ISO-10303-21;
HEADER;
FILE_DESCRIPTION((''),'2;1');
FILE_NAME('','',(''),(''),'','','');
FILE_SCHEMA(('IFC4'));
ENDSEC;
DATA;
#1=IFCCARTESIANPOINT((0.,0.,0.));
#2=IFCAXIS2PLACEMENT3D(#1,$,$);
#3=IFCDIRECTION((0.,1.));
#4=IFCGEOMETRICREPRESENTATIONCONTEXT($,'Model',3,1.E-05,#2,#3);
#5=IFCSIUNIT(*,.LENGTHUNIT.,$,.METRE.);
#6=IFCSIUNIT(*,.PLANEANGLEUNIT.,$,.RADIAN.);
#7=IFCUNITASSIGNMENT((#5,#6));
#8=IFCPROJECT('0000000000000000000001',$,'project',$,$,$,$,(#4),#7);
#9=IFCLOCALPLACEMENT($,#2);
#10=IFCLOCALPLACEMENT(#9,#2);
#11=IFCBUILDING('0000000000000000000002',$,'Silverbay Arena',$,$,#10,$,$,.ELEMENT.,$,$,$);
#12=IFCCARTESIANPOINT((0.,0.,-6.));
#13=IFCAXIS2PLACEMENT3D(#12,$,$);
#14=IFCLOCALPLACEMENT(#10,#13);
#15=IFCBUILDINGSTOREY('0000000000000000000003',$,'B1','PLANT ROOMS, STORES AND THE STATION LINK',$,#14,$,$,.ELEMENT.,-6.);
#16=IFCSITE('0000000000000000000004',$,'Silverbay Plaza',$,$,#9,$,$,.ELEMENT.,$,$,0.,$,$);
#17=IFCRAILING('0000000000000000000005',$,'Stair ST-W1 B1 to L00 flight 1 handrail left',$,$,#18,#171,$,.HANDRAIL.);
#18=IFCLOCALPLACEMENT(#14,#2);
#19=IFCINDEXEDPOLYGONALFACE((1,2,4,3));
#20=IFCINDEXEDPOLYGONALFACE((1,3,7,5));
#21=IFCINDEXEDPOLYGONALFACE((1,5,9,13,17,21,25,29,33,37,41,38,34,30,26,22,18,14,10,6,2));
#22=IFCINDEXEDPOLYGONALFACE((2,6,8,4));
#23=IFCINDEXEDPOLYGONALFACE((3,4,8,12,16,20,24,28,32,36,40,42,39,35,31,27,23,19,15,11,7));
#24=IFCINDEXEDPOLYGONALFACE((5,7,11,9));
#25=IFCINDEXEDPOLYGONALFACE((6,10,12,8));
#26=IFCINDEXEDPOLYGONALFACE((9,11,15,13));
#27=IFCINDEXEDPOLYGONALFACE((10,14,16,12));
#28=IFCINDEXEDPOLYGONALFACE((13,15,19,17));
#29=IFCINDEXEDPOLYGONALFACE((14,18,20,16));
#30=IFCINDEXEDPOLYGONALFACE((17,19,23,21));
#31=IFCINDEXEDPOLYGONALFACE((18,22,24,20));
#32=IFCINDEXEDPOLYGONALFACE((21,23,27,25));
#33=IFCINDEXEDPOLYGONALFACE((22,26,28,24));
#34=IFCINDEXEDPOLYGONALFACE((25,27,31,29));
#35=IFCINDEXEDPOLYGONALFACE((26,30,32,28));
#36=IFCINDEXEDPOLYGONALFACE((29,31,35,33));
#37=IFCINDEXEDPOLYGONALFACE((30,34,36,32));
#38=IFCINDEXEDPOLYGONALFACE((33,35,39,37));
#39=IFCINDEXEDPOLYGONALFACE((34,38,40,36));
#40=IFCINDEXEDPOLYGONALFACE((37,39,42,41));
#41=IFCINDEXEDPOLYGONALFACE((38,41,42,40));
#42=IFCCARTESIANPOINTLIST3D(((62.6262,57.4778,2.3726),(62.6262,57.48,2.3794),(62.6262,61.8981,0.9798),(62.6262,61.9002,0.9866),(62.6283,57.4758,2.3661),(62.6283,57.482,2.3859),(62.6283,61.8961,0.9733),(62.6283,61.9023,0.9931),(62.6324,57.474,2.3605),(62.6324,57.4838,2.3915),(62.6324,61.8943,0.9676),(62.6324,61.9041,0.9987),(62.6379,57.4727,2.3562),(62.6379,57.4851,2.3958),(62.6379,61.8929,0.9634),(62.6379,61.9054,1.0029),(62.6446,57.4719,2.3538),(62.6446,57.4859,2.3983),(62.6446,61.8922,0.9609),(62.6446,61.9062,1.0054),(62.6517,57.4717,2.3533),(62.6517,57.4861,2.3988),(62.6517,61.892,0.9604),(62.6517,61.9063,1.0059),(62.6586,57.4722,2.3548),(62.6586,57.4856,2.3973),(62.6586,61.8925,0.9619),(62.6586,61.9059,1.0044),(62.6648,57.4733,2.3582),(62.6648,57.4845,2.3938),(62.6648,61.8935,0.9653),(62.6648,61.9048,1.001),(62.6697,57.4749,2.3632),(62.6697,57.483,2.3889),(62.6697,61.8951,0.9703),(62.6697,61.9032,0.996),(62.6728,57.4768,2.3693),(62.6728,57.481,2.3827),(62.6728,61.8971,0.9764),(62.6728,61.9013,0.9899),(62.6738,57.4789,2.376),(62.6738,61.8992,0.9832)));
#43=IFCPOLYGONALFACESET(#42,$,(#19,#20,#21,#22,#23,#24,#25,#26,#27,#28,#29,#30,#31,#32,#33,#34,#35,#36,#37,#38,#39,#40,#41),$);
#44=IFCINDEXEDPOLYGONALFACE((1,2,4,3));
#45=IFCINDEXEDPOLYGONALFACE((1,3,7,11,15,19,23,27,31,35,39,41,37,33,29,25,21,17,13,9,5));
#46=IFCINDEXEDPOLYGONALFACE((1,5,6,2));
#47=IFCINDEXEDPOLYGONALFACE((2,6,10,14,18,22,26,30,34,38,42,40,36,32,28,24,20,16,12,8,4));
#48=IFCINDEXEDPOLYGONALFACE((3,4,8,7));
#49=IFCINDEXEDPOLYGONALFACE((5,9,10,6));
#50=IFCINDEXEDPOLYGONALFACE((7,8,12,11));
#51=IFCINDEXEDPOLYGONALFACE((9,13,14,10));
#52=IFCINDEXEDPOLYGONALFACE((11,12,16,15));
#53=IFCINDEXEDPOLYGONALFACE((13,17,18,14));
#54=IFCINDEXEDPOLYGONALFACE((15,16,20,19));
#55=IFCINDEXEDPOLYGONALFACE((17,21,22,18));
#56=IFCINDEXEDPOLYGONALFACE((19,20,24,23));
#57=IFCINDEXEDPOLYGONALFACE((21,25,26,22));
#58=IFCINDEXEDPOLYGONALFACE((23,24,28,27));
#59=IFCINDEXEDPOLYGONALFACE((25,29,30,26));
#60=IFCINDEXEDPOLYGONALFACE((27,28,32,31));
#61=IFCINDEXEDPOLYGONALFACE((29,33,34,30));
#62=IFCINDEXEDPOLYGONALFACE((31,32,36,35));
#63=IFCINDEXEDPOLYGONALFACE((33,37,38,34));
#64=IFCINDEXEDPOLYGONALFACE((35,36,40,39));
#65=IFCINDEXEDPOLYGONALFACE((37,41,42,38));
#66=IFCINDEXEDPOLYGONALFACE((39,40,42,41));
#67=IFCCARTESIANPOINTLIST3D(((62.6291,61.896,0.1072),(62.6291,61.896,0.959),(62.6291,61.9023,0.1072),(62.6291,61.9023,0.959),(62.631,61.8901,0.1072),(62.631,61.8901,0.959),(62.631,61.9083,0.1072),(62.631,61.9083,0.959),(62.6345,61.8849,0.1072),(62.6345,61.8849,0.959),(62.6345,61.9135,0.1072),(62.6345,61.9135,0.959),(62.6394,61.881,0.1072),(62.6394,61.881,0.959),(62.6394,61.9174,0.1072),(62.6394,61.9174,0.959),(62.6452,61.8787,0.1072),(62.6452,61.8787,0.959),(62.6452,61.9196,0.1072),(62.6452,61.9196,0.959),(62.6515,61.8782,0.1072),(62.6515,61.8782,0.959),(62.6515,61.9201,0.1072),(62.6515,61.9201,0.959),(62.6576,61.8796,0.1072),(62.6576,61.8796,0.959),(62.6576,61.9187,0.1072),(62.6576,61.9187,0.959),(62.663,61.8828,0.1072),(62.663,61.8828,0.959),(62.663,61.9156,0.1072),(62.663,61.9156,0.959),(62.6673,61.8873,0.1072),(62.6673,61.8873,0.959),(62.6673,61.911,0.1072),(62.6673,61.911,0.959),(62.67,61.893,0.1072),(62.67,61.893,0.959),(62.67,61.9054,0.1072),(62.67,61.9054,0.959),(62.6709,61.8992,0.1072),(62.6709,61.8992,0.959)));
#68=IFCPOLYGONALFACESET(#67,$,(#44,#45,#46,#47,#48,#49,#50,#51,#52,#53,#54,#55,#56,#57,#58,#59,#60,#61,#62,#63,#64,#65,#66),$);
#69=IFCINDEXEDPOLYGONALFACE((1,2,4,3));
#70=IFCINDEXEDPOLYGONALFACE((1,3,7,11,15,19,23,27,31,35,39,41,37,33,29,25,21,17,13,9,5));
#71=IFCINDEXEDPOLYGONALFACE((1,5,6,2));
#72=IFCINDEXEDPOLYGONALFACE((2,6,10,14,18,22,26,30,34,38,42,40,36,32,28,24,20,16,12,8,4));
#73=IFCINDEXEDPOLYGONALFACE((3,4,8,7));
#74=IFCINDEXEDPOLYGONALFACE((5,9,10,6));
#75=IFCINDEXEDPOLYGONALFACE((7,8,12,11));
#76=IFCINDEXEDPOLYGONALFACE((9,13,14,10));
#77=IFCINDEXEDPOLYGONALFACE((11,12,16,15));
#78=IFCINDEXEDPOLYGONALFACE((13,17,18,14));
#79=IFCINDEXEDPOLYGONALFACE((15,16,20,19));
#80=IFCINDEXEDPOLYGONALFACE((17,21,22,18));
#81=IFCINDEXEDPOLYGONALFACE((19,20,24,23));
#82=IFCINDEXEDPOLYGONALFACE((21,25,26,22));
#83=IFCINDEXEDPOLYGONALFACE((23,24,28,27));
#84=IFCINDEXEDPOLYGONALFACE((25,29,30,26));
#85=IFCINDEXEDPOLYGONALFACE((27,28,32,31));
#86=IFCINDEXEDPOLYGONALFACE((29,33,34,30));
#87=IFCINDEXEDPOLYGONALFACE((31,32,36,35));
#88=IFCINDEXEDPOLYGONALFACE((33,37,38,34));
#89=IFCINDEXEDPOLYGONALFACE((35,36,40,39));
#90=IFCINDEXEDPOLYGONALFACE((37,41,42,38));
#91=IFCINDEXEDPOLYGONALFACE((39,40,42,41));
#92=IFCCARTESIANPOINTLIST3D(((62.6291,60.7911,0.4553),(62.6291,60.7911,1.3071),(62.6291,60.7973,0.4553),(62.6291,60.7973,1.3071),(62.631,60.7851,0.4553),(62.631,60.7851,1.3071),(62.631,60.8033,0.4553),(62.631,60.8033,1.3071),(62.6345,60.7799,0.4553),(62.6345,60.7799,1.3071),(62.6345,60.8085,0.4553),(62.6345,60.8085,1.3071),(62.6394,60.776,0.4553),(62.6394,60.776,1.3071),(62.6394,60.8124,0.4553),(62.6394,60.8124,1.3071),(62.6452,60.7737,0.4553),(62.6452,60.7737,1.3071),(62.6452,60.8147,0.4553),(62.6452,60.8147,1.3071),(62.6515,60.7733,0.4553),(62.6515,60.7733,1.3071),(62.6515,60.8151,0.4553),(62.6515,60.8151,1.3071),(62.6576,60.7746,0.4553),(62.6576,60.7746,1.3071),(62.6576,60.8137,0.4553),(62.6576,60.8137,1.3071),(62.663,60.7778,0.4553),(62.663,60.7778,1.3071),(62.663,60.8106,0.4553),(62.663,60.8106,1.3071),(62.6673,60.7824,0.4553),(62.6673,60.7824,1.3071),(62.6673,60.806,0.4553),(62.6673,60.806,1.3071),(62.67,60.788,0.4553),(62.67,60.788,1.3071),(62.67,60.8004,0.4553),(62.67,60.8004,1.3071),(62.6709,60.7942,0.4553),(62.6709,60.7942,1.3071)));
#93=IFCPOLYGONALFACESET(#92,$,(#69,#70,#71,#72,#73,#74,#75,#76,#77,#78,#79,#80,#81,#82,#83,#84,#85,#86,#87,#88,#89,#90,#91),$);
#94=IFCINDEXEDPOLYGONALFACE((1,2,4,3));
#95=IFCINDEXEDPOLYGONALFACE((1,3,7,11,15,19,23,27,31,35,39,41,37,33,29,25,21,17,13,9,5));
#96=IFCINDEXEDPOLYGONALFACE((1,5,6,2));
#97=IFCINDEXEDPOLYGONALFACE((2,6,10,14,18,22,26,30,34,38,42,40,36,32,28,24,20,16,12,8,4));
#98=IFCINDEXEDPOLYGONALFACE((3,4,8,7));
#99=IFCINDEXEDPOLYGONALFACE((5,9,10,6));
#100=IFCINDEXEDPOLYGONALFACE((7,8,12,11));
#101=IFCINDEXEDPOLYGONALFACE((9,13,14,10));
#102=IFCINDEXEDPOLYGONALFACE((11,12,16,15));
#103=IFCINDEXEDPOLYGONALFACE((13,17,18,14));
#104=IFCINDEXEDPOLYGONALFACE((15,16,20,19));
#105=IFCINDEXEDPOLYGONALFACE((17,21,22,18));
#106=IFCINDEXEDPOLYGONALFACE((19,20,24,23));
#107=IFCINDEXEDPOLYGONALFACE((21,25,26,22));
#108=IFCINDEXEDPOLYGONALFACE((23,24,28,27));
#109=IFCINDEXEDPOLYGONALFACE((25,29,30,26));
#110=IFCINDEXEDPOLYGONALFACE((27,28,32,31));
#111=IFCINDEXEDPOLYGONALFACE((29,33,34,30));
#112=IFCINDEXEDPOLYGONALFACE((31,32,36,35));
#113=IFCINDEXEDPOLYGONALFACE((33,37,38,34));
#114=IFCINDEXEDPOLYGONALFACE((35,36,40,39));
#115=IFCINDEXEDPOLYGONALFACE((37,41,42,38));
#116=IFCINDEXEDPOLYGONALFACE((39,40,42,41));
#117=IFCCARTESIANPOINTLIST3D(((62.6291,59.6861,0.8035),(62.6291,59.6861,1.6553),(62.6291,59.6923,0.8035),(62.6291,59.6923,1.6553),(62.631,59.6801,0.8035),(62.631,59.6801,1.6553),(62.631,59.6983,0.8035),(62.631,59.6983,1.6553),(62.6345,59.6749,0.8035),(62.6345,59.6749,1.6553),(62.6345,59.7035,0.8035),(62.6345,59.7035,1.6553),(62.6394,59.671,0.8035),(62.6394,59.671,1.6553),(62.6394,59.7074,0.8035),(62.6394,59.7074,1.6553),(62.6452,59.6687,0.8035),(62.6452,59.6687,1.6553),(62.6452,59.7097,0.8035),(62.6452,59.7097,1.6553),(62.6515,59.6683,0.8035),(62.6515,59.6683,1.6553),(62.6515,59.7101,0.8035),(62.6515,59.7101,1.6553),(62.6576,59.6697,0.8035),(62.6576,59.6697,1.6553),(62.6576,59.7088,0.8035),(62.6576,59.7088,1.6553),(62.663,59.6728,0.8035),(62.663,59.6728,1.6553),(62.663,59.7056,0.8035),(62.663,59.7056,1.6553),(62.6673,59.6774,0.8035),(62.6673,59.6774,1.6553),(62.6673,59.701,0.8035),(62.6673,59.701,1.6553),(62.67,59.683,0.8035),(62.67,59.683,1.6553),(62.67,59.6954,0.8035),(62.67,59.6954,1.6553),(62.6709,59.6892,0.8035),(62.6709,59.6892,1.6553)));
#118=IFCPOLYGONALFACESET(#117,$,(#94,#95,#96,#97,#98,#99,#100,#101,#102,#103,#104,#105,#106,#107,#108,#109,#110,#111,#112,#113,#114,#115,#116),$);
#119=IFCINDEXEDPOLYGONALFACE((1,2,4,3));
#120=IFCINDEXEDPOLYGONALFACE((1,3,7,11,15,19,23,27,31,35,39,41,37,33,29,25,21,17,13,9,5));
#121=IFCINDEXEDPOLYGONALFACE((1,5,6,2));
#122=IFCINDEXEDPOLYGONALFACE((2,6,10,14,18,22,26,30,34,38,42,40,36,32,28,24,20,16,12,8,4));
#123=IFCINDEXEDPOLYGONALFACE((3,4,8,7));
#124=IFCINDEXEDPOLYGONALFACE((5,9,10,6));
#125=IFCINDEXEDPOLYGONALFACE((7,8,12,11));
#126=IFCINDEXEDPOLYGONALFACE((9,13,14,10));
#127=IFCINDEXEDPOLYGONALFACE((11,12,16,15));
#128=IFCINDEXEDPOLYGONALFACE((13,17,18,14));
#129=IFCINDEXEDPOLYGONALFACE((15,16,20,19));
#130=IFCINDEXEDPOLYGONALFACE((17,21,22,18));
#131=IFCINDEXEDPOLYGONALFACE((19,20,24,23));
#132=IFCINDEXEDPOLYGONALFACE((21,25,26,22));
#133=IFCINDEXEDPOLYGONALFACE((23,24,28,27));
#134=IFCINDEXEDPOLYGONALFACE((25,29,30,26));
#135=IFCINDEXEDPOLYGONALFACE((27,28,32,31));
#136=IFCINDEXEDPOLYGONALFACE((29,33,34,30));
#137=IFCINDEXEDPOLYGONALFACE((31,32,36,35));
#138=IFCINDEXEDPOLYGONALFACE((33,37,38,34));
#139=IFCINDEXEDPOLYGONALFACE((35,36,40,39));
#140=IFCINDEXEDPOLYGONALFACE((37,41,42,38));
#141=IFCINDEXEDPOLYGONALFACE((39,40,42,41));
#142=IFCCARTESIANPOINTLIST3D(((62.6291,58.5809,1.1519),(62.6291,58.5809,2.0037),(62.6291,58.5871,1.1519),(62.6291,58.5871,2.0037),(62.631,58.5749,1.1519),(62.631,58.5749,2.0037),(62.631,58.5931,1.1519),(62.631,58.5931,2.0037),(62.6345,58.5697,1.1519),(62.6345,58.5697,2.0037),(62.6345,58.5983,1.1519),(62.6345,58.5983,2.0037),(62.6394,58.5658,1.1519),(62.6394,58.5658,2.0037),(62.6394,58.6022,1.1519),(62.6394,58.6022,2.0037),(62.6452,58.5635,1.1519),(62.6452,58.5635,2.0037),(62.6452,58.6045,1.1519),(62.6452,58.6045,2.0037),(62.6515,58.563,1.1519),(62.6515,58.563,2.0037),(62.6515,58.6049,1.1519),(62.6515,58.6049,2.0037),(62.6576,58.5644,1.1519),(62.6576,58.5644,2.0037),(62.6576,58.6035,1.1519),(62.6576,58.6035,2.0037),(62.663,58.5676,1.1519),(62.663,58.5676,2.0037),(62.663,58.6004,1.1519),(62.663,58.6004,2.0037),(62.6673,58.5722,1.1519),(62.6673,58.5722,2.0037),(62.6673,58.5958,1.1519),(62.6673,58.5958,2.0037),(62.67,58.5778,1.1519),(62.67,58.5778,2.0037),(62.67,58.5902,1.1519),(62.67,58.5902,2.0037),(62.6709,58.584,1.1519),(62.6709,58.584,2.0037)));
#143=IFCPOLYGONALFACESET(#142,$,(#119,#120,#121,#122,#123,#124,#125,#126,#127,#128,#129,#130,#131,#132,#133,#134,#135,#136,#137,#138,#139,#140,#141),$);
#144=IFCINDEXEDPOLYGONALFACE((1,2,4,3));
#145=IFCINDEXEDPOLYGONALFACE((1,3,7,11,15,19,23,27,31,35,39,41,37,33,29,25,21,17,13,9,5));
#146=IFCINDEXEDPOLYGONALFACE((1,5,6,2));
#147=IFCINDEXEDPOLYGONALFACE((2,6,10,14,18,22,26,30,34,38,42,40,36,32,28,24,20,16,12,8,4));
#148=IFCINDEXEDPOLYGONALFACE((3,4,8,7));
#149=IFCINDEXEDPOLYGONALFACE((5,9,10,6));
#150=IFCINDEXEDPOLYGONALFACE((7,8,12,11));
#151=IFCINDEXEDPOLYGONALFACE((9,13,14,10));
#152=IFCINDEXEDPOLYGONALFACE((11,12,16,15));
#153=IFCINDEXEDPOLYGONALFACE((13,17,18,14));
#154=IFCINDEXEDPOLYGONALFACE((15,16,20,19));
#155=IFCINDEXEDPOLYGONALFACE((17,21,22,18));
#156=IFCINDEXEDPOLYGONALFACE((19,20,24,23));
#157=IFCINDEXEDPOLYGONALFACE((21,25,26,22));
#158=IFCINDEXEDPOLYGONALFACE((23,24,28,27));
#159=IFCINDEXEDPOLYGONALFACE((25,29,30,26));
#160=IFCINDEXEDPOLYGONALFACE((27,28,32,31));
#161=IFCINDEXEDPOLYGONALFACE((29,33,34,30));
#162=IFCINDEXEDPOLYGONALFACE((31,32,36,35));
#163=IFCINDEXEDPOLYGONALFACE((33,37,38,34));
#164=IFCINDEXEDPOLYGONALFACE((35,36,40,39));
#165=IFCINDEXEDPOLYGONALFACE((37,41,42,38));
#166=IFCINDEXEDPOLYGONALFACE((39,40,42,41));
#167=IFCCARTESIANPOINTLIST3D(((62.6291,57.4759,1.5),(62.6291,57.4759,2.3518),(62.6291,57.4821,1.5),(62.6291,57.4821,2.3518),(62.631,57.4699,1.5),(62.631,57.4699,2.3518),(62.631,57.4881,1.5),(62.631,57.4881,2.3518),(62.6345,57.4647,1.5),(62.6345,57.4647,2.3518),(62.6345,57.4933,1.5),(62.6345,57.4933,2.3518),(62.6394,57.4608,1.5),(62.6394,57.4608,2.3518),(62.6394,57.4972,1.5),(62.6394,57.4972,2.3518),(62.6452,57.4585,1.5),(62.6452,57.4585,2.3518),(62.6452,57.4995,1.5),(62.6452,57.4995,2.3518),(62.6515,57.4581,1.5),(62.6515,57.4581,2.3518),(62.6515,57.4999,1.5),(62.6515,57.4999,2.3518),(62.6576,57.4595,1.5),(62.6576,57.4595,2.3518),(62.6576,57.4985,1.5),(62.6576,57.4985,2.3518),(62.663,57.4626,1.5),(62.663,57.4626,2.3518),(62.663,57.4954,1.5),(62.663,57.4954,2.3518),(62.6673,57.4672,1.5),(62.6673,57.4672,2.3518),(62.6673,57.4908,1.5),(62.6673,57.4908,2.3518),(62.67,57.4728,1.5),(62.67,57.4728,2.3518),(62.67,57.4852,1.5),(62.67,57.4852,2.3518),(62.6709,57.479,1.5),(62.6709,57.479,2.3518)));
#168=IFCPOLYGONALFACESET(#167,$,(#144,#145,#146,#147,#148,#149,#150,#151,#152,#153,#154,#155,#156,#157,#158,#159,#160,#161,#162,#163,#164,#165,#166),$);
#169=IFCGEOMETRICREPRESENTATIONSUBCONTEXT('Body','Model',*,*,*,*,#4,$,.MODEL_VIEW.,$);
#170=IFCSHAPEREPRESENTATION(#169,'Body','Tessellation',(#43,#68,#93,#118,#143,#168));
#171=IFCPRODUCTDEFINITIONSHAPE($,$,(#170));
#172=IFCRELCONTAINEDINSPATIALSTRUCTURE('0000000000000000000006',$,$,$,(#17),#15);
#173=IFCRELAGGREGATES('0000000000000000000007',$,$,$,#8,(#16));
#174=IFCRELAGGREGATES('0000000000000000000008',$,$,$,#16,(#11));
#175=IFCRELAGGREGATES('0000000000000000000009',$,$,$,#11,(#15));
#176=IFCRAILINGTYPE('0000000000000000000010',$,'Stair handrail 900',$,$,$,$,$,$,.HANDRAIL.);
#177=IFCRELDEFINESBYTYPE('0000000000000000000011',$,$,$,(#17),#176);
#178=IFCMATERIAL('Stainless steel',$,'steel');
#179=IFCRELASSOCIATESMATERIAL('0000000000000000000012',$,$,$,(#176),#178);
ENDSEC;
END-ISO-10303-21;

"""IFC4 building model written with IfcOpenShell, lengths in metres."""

from ifc_helpers import new_model, si_unit, direction, frame, origin, origin_2d, place, context, subcontext, project, spatial, circle, extrude, material, type_object, element, save


model = new_model("IFC4")

# Units and contexts
model_context = context("Model", 3, precision=1e-05, world=origin(), true_north=direction((0.0, 1.0)))
body_context = subcontext(model_context, "Body", "Model", "MODEL_VIEW")
ifc_project = project(units=[si_unit("LENGTHUNIT", "METRE"), si_unit("PLANEANGLEUNIT", "RADIAN")], contexts=[model_context])

# Site, building, storey
site_placement = place(None, origin())
site = spatial("IfcSite", under=ifc_project, at=site_placement, Name="Silverbay Plaza", CompositionType="ELEMENT", RefElevation=0.0)
building_placement = place(site_placement, origin())
building = spatial("IfcBuilding", under=site, at=building_placement, Name="Silverbay Arena", CompositionType="ELEMENT")
storey_placement = place(building_placement, frame((0.0, 0.0, -6.0)))
storey = spatial("IfcBuildingStorey", under=building, at=storey_placement, Name="B1", Description="PLANT ROOMS, STORES AND THE STATION LINK", CompositionType="ELEMENT", Elevation=-6.0)

# Railing
ifc_material_1 = material(Name="Stainless steel", Category="steel")
railing_type_1 = type_object("IfcRailingType", Name="Stair handrail 900", PredefinedType="HANDRAIL", material=ifc_material_1)
for number, where, name in (
    (1, (62.6499, 61.8992, 0.1072), "Stair ST-W1 B1 to L00 flight 1 handrail left"),
):
    element("IfcRailing", number, at=place(storey_placement, frame(where)), inside=storey, type_object=railing_type_1, Name=name, PredefinedType="HANDRAIL", context=body_context, shape_type="SweptSolid", body=[
        extrude(circle(Radius=0.0239, at=origin_2d()), frame((0.0, 0.0, 0.876), z_axis=(0.0, -0.95377, 0.300539), x_axis=(1.0, 0.0, 0.0)), (0.0, 0.0, 1.0), 4.6345),
        extrude(circle(Radius=0.021, at=origin_2d()), origin(), (0.0, 0.0, 1.0), 0.8518),
        extrude(circle(Radius=0.021, at=origin_2d()), frame((0.0, -1.105, 0.3481)), (0.0, 0.0, 1.0), 0.8518),
        extrude(circle(Radius=0.021, at=origin_2d()), frame((0.0, -2.21, 0.6963)), (0.0, 0.0, 1.0), 0.8518),
        extrude(circle(Radius=0.021, at=origin_2d()), frame((0.0, -3.3152, 1.0447)), (0.0, 0.0, 1.0), 0.8518),
        extrude(circle(Radius=0.021, at=origin_2d()), frame((0.0, -4.4202, 1.3928)), (0.0, 0.0, 1.0), 0.8518),
    ])

save(model, "model.ifc")
